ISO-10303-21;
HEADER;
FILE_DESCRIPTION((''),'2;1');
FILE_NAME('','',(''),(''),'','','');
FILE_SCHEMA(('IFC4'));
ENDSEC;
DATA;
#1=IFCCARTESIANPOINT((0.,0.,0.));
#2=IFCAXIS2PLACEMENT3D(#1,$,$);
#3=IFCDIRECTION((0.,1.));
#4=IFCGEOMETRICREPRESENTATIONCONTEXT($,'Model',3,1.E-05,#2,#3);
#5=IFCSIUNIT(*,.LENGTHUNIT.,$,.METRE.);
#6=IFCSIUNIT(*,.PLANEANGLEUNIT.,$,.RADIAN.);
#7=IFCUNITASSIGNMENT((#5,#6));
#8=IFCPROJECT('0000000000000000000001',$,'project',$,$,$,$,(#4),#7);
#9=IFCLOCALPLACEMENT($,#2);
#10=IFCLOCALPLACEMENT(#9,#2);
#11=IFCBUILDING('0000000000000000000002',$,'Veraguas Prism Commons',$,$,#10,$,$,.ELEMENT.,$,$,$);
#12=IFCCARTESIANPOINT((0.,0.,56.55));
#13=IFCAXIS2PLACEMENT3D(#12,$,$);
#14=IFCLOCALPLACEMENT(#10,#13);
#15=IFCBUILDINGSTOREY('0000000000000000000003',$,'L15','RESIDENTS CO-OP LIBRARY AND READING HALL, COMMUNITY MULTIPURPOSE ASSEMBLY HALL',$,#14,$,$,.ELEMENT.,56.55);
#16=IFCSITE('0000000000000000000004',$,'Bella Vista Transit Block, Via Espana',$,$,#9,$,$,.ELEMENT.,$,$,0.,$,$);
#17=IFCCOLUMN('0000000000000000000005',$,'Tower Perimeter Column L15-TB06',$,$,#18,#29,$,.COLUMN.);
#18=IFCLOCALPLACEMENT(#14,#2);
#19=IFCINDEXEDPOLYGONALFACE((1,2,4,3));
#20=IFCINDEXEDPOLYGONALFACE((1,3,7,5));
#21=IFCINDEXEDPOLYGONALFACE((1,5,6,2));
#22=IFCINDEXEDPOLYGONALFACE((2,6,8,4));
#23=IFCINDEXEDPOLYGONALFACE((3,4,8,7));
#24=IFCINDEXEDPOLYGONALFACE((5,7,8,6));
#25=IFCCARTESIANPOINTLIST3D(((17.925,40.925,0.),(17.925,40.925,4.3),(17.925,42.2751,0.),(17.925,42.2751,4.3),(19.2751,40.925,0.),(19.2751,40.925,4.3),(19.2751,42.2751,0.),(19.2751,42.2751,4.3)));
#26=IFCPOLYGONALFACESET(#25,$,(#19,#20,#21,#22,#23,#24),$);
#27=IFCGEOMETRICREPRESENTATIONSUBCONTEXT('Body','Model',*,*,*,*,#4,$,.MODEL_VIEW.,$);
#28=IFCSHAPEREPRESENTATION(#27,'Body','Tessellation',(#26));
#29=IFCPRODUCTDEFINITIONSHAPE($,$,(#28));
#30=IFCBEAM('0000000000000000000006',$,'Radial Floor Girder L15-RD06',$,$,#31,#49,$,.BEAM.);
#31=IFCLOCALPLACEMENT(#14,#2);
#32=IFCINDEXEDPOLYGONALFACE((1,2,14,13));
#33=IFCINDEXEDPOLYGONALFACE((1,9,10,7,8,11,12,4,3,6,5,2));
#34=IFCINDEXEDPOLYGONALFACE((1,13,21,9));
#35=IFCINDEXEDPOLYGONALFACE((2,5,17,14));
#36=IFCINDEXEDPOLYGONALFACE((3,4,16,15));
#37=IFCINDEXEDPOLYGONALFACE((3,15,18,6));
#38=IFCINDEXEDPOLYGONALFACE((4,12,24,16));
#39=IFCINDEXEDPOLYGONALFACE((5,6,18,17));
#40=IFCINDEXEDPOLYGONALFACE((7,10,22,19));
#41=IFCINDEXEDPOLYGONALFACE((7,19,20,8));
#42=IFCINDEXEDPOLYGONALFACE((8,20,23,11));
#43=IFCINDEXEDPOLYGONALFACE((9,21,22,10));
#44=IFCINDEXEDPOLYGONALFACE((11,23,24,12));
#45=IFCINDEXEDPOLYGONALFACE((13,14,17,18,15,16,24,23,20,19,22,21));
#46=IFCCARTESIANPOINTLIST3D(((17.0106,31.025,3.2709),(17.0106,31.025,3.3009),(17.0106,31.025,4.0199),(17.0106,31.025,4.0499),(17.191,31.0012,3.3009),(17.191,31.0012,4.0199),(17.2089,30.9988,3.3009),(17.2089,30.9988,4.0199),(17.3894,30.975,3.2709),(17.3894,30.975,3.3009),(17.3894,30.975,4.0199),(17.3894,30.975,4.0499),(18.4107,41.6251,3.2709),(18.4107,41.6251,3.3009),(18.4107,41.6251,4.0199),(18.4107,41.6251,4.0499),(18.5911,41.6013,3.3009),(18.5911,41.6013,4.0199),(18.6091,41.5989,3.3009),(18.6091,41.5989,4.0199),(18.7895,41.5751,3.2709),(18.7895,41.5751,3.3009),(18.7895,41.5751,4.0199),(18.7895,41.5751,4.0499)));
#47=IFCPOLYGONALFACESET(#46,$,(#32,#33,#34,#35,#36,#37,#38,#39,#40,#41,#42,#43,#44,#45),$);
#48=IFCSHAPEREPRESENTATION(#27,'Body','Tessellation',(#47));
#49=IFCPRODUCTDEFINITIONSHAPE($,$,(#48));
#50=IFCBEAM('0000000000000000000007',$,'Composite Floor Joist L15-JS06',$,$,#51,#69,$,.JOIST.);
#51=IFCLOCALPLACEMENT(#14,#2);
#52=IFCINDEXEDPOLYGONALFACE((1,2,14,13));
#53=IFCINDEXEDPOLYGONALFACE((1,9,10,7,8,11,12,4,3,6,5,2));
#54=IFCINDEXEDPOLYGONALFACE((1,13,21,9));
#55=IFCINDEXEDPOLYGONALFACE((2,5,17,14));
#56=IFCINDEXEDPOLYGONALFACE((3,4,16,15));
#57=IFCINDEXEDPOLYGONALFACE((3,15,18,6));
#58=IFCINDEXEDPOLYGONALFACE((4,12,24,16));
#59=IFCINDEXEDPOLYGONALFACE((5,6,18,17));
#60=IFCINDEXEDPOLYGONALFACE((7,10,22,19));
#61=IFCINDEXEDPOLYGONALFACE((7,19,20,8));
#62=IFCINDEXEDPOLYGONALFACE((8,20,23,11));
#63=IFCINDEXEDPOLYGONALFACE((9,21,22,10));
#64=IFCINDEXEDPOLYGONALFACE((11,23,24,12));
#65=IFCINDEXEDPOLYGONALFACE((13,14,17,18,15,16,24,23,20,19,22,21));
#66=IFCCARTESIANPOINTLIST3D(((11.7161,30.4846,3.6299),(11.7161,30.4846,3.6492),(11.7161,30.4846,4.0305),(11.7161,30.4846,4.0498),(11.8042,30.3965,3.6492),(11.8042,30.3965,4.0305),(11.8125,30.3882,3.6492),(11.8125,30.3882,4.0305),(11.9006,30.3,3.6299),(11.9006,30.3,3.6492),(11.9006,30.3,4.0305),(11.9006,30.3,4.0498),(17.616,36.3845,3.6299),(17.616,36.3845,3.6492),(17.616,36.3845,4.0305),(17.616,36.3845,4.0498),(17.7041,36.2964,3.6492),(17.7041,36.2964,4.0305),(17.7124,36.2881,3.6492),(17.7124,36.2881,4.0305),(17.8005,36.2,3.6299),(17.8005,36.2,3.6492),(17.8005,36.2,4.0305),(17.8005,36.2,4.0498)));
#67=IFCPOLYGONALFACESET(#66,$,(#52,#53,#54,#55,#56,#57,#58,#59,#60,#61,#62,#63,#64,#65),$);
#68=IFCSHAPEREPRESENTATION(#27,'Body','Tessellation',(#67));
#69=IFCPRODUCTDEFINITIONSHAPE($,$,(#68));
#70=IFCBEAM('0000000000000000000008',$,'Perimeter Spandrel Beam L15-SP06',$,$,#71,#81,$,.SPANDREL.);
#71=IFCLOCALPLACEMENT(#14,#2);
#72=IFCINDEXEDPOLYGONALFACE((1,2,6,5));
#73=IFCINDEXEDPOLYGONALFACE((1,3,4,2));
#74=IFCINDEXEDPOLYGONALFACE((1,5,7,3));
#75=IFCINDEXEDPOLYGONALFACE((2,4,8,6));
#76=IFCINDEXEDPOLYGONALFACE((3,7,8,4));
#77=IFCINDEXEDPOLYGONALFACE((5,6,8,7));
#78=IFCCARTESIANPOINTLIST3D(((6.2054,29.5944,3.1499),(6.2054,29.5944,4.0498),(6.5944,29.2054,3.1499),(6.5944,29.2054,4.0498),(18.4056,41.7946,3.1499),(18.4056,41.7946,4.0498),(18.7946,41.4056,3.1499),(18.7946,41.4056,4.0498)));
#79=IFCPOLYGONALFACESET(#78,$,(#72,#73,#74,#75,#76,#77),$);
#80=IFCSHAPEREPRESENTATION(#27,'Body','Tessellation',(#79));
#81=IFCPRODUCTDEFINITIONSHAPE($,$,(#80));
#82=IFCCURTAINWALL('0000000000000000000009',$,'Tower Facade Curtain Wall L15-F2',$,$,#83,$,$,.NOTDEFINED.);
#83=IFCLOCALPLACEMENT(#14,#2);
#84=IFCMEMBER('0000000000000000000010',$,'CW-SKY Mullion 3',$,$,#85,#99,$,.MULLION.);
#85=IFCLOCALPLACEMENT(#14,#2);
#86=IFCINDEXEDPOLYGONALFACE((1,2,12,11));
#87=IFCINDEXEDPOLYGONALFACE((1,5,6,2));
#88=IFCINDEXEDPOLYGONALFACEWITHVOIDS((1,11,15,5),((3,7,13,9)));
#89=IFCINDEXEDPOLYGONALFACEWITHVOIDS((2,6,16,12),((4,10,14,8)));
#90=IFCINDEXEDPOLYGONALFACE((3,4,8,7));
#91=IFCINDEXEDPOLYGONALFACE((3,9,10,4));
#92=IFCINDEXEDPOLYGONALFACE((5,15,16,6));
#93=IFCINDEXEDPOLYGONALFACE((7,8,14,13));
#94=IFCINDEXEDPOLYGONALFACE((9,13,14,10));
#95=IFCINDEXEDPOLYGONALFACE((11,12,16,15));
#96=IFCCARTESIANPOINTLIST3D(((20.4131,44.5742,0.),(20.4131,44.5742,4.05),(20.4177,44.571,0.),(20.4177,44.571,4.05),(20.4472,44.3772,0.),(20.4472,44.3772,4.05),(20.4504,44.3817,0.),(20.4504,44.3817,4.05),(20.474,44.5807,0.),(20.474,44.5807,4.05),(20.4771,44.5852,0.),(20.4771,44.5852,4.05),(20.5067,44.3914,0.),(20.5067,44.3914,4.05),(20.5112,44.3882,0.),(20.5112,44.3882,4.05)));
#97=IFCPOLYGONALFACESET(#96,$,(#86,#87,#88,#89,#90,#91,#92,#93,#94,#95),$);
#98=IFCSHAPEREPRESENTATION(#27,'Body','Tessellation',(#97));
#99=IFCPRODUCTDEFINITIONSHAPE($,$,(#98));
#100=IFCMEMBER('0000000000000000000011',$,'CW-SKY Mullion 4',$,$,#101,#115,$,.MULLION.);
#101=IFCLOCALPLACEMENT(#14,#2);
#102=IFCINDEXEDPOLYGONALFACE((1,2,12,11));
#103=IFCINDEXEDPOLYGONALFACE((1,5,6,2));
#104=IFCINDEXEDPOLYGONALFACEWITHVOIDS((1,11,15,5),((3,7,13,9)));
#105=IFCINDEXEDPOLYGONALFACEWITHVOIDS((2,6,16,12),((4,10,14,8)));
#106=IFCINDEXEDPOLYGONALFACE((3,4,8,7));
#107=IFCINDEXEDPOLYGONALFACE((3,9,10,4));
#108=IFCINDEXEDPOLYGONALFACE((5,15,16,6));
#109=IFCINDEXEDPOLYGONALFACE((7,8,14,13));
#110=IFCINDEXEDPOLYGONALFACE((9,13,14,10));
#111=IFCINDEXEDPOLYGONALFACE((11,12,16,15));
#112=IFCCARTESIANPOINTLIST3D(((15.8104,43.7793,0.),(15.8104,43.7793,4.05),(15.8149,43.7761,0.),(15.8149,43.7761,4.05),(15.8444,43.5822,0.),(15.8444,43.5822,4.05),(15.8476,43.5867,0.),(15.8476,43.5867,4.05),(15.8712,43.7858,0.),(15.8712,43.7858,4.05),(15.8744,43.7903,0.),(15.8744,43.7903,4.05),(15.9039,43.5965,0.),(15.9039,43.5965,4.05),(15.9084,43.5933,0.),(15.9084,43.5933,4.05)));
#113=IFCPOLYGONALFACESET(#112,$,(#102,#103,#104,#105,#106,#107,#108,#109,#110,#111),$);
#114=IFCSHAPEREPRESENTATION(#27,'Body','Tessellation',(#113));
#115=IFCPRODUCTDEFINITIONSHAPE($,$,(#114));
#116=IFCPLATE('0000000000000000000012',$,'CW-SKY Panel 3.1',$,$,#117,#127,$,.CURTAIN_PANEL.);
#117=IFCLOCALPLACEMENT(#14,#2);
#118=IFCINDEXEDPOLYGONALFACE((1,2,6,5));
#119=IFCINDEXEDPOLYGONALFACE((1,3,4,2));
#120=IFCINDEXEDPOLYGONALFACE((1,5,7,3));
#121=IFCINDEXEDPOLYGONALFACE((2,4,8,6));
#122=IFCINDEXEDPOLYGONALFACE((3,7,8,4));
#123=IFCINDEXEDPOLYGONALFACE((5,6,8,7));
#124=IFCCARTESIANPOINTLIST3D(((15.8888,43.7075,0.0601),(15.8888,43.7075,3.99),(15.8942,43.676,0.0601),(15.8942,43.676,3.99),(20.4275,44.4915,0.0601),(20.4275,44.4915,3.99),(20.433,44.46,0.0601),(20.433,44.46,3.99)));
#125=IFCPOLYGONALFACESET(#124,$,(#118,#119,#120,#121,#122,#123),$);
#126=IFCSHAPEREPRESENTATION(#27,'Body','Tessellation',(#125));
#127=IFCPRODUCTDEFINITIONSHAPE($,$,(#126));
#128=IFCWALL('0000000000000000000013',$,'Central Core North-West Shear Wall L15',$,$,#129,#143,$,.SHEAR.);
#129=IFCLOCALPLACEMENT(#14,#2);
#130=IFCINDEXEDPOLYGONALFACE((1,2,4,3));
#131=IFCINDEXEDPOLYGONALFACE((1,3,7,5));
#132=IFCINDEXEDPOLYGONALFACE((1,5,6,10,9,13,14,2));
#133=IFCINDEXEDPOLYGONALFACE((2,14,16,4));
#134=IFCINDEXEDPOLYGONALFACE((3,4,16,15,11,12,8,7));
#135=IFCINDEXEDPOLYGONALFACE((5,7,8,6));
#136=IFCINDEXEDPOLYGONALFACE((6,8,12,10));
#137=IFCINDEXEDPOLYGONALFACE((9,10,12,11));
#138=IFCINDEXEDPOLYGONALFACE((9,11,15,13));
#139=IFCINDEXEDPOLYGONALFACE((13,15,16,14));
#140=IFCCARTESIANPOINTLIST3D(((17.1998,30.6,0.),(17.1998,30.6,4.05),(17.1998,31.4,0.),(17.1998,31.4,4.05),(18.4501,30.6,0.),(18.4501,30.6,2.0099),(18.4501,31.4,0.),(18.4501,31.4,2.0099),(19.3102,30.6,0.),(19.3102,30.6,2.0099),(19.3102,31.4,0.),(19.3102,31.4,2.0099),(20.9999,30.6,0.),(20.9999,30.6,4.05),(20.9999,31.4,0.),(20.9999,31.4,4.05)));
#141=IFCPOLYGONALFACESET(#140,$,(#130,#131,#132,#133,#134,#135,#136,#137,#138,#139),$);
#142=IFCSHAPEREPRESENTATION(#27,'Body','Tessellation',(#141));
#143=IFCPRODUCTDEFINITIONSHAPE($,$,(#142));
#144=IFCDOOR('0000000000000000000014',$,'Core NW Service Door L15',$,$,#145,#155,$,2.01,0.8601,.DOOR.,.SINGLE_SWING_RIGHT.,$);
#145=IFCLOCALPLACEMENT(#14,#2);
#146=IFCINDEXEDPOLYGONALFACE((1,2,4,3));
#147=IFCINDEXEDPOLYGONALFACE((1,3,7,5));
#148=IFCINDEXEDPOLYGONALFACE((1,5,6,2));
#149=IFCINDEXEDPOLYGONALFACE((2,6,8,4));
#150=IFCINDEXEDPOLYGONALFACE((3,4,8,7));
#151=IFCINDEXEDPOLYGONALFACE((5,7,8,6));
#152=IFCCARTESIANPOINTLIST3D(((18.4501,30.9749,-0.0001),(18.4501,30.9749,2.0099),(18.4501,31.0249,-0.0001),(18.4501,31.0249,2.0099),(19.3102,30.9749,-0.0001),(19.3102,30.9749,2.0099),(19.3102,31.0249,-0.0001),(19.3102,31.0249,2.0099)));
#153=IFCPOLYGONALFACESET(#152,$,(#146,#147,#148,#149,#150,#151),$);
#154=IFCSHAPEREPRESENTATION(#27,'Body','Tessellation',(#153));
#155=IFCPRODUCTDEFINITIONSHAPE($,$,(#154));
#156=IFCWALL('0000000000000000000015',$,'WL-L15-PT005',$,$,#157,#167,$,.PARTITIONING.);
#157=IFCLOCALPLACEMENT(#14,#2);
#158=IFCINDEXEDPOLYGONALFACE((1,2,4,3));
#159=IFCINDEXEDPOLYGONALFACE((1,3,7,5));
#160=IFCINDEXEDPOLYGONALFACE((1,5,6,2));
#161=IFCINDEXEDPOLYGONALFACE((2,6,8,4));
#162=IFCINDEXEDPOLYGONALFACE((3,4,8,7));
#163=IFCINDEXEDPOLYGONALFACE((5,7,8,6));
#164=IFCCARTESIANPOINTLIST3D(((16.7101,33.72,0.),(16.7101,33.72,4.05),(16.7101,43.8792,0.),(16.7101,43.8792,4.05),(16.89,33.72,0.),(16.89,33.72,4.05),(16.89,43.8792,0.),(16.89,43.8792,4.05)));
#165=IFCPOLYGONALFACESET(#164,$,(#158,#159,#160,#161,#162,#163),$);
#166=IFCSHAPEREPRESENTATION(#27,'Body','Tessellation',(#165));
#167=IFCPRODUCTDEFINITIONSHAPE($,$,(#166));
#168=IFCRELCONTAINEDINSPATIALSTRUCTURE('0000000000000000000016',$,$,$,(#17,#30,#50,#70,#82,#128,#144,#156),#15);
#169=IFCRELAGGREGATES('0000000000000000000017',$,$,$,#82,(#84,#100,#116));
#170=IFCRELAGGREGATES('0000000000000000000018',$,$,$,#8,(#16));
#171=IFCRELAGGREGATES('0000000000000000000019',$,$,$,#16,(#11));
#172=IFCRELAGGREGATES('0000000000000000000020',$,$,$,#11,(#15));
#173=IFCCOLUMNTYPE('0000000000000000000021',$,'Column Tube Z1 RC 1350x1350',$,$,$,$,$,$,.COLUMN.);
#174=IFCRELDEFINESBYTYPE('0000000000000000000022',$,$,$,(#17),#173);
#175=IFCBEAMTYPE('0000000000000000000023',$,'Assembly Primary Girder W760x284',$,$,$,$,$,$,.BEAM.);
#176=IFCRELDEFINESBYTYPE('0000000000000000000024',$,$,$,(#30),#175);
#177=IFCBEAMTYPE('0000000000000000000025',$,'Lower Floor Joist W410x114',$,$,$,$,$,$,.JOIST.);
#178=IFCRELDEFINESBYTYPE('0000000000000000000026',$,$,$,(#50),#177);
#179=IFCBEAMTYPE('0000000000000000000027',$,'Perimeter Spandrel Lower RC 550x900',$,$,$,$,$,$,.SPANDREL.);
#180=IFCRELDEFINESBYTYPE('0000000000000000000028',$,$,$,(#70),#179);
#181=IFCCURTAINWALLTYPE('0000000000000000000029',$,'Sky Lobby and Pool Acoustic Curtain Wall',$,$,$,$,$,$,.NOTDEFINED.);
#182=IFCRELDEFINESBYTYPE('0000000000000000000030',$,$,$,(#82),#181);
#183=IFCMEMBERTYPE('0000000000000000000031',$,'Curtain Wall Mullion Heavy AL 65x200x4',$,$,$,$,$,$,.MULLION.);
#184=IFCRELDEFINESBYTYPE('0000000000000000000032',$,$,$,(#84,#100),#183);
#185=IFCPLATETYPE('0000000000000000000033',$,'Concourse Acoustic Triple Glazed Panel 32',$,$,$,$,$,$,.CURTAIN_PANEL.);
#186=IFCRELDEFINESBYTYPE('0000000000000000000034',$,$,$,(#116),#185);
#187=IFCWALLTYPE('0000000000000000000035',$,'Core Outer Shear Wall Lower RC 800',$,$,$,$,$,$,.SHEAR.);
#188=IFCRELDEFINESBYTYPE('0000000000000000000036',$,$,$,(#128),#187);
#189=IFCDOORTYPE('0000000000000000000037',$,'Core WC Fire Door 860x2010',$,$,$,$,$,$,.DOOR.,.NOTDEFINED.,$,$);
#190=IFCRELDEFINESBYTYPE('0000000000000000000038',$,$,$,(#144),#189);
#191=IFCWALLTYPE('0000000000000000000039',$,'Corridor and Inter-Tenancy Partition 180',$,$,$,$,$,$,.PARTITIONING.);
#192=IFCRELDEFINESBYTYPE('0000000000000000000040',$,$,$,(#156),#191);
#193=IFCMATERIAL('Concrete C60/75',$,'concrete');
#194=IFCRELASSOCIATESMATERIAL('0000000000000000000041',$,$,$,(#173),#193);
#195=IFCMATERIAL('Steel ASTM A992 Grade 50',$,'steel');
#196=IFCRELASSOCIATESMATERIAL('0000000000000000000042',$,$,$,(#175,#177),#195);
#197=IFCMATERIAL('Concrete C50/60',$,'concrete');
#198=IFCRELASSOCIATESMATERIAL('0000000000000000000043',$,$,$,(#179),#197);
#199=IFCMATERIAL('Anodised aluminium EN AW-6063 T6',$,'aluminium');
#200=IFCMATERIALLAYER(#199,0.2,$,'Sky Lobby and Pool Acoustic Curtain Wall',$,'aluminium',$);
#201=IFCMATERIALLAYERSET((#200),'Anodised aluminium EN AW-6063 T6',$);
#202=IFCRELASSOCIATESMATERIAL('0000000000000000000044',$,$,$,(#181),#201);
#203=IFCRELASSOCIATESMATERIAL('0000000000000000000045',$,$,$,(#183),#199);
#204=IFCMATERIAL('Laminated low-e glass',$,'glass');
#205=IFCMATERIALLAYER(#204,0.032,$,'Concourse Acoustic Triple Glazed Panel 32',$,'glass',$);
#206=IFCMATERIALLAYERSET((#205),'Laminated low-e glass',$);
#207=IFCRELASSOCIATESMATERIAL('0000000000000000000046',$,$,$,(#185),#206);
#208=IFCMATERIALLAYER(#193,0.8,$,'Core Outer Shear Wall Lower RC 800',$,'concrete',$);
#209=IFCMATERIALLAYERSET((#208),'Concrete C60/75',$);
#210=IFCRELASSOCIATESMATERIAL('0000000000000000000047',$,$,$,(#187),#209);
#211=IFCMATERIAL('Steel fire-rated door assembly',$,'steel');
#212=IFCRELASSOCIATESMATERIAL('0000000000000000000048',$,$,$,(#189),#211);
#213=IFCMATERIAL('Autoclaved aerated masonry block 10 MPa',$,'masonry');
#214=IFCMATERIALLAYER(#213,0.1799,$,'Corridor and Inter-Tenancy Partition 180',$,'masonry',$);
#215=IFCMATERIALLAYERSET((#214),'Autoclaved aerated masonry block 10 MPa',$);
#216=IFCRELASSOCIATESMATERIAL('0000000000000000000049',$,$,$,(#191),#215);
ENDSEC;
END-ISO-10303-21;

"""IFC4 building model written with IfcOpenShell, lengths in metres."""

from ifc_helpers import new_model, si_unit, direction, frame, frame_2d, origin, origin_2d, place, context, subcontext, project, spatial, rectangle, hollow_rectangle, i_section, extrude, source, transform, mapped, material, layer, layer_set, material_profile, profile_set, type_object, element, fill, aggregate, save


model = new_model("IFC4")

# Units and contexts
model_context = context("Model", 3, precision=1e-05, world=origin(), true_north=direction((0.0, 1.0)))
body_context = subcontext(model_context, "Body", "Model", "MODEL_VIEW")
ifc_project = project(units=[si_unit("LENGTHUNIT", "METRE"), si_unit("PLANEANGLEUNIT", "RADIAN")], contexts=[model_context])

# Site, building, storey
site_placement = place(None, origin())
site = spatial("IfcSite", under=ifc_project, at=site_placement, Name="Bella Vista Transit Block, Via Espana", CompositionType="ELEMENT", RefElevation=0.0)
building_placement = place(site_placement, origin())
building = spatial("IfcBuilding", under=site, at=building_placement, Name="Veraguas Prism Commons", CompositionType="ELEMENT")
storey_placement = place(building_placement, frame((0.0, 0.0, 56.55)))
storey = spatial("IfcBuildingStorey", under=building, at=storey_placement, Name="L15", Description="RESIDENTS CO-OP LIBRARY AND READING HALL, COMMUNITY MULTIPURPOSE ASSEMBLY HALL", CompositionType="ELEMENT", Elevation=56.55)

# Column
ifc_material_1 = material(Name="Concrete C60/75", Category="concrete")
ifc_material_profile_1 = material_profile(ifc_material_1, rectangle(XDim=1.3501, YDim=1.3501, at=origin_2d()), Name="RC1350X1350")
ifc_profile_set_1 = profile_set([ifc_material_profile_1], Name="Concrete C60/75")
column_type = type_object("IfcColumnType", Name="Column Tube Z1 RC 1350x1350", PredefinedType="COLUMN", material=ifc_profile_set_1)
column_placement = place(storey_placement, frame((18.6001, 41.6001, 0.0), z_axis=(0.0, 0.0, 1.0), x_axis=(1.0, 0.0, 0.0)))
element("IfcColumn", 1, at=column_placement, inside=storey, type_object=column_type, Name="Tower Perimeter Column L15-TB06", PredefinedType="COLUMN", context=body_context, shape_type="SweptSolid", body=[
    extrude(rectangle(XDim=1.3501, YDim=1.3501, at=origin_2d()), origin(), (0.0, 0.0, 1.0), 4.3),
])

# Beams
ifc_material_2 = material(Name="Steel ASTM A992 Grade 50", Category="steel")
ifc_material_profile_2 = material_profile(ifc_material_2, i_section(OverallWidth=0.3821, OverallDepth=0.7791, WebThickness=0.0181, FlangeThickness=0.03, at=origin_2d()), Name="W760X284")
ifc_profile_set_2 = profile_set([ifc_material_profile_2], Name="Steel ASTM A992 Grade 50")
beam_type_1 = type_object("IfcBeamType", Name="Assembly Primary Girder W760x284", PredefinedType="BEAM", material=ifc_profile_set_2)
beam_1_placement = place(storey_placement, frame((18.6001, 41.6001, 3.6604), z_axis=(-0.130951, -0.991389, 0.0), x_axis=(0.991389, -0.130951, 0.0)))
element("IfcBeam", 2, at=beam_1_placement, inside=storey, type_object=beam_type_1, Name="Radial Floor Girder L15-RD06", PredefinedType="BEAM", context=body_context, shape_type="SweptSolid", body=[
    extrude(i_section(OverallWidth=0.3821, OverallDepth=0.7791, WebThickness=0.0181, FlangeThickness=0.03, at=origin_2d()), origin(), (0.0, 0.0, 1.0), 10.6921),
])
ifc_material_profile_3 = material_profile(ifc_material_2, i_section(OverallWidth=0.261, OverallDepth=0.4199, WebThickness=0.0117, FlangeThickness=0.0193, at=origin_2d()), Name="W410X114")
ifc_profile_set_3 = profile_set([ifc_material_profile_3], Name="Steel ASTM A992 Grade 50")
beam_type_2 = type_object("IfcBeamType", Name="Lower Floor Joist W410x114", PredefinedType="JOIST", material=ifc_profile_set_3)
beam_2_placement = place(storey_placement, frame((17.7083, 36.2922, 3.8398), z_axis=(-0.707107, -0.707107, 0.0), x_axis=(0.707107, -0.707107, 0.0)))
element("IfcBeam", 3, at=beam_2_placement, inside=storey, type_object=beam_type_2, Name="Composite Floor Joist L15-JS06", PredefinedType="JOIST", context=body_context, shape_type="SweptSolid", body=[
    extrude(i_section(OverallWidth=0.261, OverallDepth=0.4199, WebThickness=0.0117, FlangeThickness=0.0193, at=origin_2d()), origin(), (0.0, 0.0, 1.0), 8.3438),
])
ifc_material_3 = material(Name="Concrete C50/60", Category="concrete")
ifc_material_profile_4 = material_profile(ifc_material_3, rectangle(XDim=0.55, YDim=0.8999, at=origin_2d()), Name="RC550X900")
ifc_profile_set_4 = profile_set([ifc_material_profile_4], Name="Concrete C50/60")
beam_type_3 = type_object("IfcBeamType", Name="Perimeter Spandrel Lower RC 550x900", PredefinedType="SPANDREL", material=ifc_profile_set_4)
beam_3_placement = place(storey_placement, frame((18.6001, 41.6001, 3.5999), z_axis=(-0.707107, -0.707107, 0.0), x_axis=(0.707107, -0.707107, 0.0)))
element("IfcBeam", 4, at=beam_3_placement, inside=storey, type_object=beam_type_3, Name="Perimeter Spandrel Beam L15-SP06", PredefinedType="SPANDREL", context=body_context, shape_type="SweptSolid", body=[
    extrude(rectangle(XDim=0.55, YDim=0.8999, at=origin_2d()), origin(), (0.0, 0.0, 1.0), 17.2537),
])

# Curtain wall, members, plate
ifc_material_4 = material(Name="Anodised aluminium EN AW-6063 T6", Category="aluminium")
ifc_layer_1 = layer(ifc_material_4, 0.2, Name="Sky Lobby and Pool Acoustic Curtain Wall", Category="aluminium")
ifc_layer_set_1 = layer_set([ifc_layer_1], Name="Anodised aluminium EN AW-6063 T6")
curtain_wall_type = type_object("IfcCurtainWallType", Name="Sky Lobby and Pool Acoustic Curtain Wall", PredefinedType="NOTDEFINED", material=ifc_layer_set_1)
curtain_wall_placement = place(storey_placement, origin())
curtain_wall = element("IfcCurtainWall", 5, at=curtain_wall_placement, inside=storey, type_object=curtain_wall_type, Name="Tower Facade Curtain Wall L15-F2", PredefinedType="NOTDEFINED")
ifc_material_profile_5 = material_profile(ifc_material_4, hollow_rectangle(XDim=0.0649, YDim=0.2, WallThickness=0.0039, at=origin_2d()), Name="AL65X200X4")
ifc_profile_set_5 = profile_set([ifc_material_profile_5], Name="Anodised aluminium EN AW-6063 T6")
member_type = type_object("IfcMemberType", Name="Curtain Wall Mullion Heavy AL 65x200x4", PredefinedType="MULLION", material=ifc_profile_set_5)
shared_shape_1 = source(origin(), body_context, "Body", "SweptSolid", [
    extrude(hollow_rectangle(XDim=0.0649, YDim=0.2, WallThickness=0.0039, at=origin_2d()), origin(), (0.0, 0.0, 1.0), 4.05),
])
member_1_placement = place(storey_placement, frame((20.4622, 44.4812, 0.0), z_axis=(0.0, 0.0, 1.0), x_axis=(-0.985408, -0.170209, 0.0)))
member_1 = element("IfcMember", 6, at=member_1_placement, type_object=member_type, Name="CW-SKY Mullion 3", PredefinedType="MULLION", context=body_context, shape_type="MappedRepresentation", body=[
    mapped(shared_shape_1, transform((0.0, 0.0, 0.0), scale=1.0)),
])
member_2_placement = place(storey_placement, frame((15.8594, 43.6863, 0.0), z_axis=(0.0, 0.0, 1.0), x_axis=(-0.985408, -0.170209, 0.0)))
member_2 = element("IfcMember", 7, at=member_2_placement, type_object=member_type, Name="CW-SKY Mullion 4", PredefinedType="MULLION", context=body_context, shape_type="MappedRepresentation", body=[
    mapped(shared_shape_1, transform((0.0, 0.0, 0.0), scale=1.0)),
])
ifc_material_5 = material(Name="Laminated low-e glass", Category="glass")
ifc_layer_2 = layer(ifc_material_5, 0.032, Name="Concourse Acoustic Triple Glazed Panel 32", Category="glass")
ifc_layer_set_2 = layer_set([ifc_layer_2], Name="Laminated low-e glass")
plate_type = type_object("IfcPlateType", Name="Concourse Acoustic Triple Glazed Panel 32", PredefinedType="CURTAIN_PANEL", material=ifc_layer_set_2)
shared_shape_2 = source(origin(), body_context, "Body", "SweptSolid", [
    extrude(rectangle(XDim=4.606, YDim=0.032, at=origin_2d()), origin(), (0.0, 0.0, 1.0), 3.9299),
])
plate_placement = place(storey_placement, frame((18.1609, 44.0837, 0.0601), z_axis=(0.0, 0.0, 1.0), x_axis=(-0.985408, -0.170209, 0.0)))
plate = element("IfcPlate", 8, at=plate_placement, type_object=plate_type, Name="CW-SKY Panel 3.1", PredefinedType="CURTAIN_PANEL", context=body_context, shape_type="MappedRepresentation", body=[
    mapped(shared_shape_2, transform((0.0, 0.0, 0.0), scale=1.0)),
])
aggregate(curtain_wall, [member_1, member_2, plate])

# Wall, opening, door
ifc_layer_3 = layer(ifc_material_1, 0.8, Name="Core Outer Shear Wall Lower RC 800", Category="concrete")
ifc_layer_set_3 = layer_set([ifc_layer_3], Name="Concrete C60/75")
wall_type_1 = type_object("IfcWallType", Name="Core Outer Shear Wall Lower RC 800", PredefinedType="SHEAR", material=ifc_layer_set_3)
wall_1_placement = place(storey_placement, frame((17.2, 31.0, 0.0), z_axis=(0.0, 0.0, 1.0), x_axis=(1.0, 0.0, 0.0)))
wall_1 = element("IfcWall", 9, at=wall_1_placement, inside=storey, type_object=wall_type_1, Name="Central Core North-West Shear Wall L15", PredefinedType="SHEAR", context=body_context, shape_type="SweptSolid", body=[
    extrude(rectangle(XDim=3.8, YDim=0.8, at=frame_2d((1.8999, 0.0))), origin(), (0.0, 0.0, 1.0), 4.05),
])
opening_1_placement = place(wall_1_placement, frame((1.25, 0.0, 0.0)))
opening_1 = element("IfcOpeningElement", 10, at=opening_1_placement, cuts=wall_1, PredefinedType="OPENING", context=body_context, shape_type="SweptSolid", body=[
    extrude(rectangle(XDim=0.8601, YDim=2.01, at=frame_2d((0.4302, 1.0049))), frame((0.0, 0.4099, 0.0), z_axis=(0.0, -1.0, 0.0), x_axis=(1.0, 0.0, 0.0)), (0.0, 0.0, 1.0), 0.8201),
])
ifc_material_6 = material(Name="Steel fire-rated door assembly", Category="steel")
door_type_1 = type_object("IfcDoorType", Name="Core WC Fire Door 860x2010", OperationType="NOTDEFINED", PredefinedType="DOOR", material=ifc_material_6)
shared_shape_3 = source(origin(), body_context, "Body", "SweptSolid", [
    extrude(rectangle(XDim=0.8601, YDim=2.01, at=frame_2d((0.4302, 1.0049))), frame((0.0, 0.0249, 0.0), z_axis=(0.0, -1.0, 0.0), x_axis=(1.0, 0.0, 0.0)), (0.0, 0.0, 1.0), 0.05),
])
door_1_placement = place(opening_1_placement, origin())
door_1 = element("IfcDoor", 11, at=door_1_placement, inside=storey, type_object=door_type_1, Name="Core NW Service Door L15", OperationType="SINGLE_SWING_RIGHT", OverallHeight=2.01, OverallWidth=0.8601, PredefinedType="DOOR", context=body_context, shape_type="MappedRepresentation", body=[
    mapped(shared_shape_3, transform((0.0, 0.0, 0.0), scale=1.0)),
])
fill(opening_1, door_1)

# Wall
ifc_material_7 = material(Name="Autoclaved aerated masonry block 10 MPa", Category="masonry")
ifc_layer_4 = layer(ifc_material_7, 0.1799, Name="Corridor and Inter-Tenancy Partition 180", Category="masonry")
ifc_layer_set_4 = layer_set([ifc_layer_4], Name="Autoclaved aerated masonry block 10 MPa")
wall_type_2 = type_object("IfcWallType", Name="Corridor and Inter-Tenancy Partition 180", PredefinedType="PARTITIONING", material=ifc_layer_set_4)
wall_2_placement = place(storey_placement, frame((16.8, 33.72, 0.0), z_axis=(0.0, 0.0, 1.0), x_axis=(0.0, 1.0, 0.0)))
element("IfcWall", 12, at=wall_2_placement, inside=storey, type_object=wall_type_2, Name="WL-L15-PT005", PredefinedType="PARTITIONING", context=body_context, shape_type="SweptSolid", body=[
    extrude(rectangle(XDim=10.1592, YDim=0.1799, at=frame_2d((5.0796, 0.0))), origin(), (0.0, 0.0, 1.0), 4.05),
])

save(model, "model.ifc")
